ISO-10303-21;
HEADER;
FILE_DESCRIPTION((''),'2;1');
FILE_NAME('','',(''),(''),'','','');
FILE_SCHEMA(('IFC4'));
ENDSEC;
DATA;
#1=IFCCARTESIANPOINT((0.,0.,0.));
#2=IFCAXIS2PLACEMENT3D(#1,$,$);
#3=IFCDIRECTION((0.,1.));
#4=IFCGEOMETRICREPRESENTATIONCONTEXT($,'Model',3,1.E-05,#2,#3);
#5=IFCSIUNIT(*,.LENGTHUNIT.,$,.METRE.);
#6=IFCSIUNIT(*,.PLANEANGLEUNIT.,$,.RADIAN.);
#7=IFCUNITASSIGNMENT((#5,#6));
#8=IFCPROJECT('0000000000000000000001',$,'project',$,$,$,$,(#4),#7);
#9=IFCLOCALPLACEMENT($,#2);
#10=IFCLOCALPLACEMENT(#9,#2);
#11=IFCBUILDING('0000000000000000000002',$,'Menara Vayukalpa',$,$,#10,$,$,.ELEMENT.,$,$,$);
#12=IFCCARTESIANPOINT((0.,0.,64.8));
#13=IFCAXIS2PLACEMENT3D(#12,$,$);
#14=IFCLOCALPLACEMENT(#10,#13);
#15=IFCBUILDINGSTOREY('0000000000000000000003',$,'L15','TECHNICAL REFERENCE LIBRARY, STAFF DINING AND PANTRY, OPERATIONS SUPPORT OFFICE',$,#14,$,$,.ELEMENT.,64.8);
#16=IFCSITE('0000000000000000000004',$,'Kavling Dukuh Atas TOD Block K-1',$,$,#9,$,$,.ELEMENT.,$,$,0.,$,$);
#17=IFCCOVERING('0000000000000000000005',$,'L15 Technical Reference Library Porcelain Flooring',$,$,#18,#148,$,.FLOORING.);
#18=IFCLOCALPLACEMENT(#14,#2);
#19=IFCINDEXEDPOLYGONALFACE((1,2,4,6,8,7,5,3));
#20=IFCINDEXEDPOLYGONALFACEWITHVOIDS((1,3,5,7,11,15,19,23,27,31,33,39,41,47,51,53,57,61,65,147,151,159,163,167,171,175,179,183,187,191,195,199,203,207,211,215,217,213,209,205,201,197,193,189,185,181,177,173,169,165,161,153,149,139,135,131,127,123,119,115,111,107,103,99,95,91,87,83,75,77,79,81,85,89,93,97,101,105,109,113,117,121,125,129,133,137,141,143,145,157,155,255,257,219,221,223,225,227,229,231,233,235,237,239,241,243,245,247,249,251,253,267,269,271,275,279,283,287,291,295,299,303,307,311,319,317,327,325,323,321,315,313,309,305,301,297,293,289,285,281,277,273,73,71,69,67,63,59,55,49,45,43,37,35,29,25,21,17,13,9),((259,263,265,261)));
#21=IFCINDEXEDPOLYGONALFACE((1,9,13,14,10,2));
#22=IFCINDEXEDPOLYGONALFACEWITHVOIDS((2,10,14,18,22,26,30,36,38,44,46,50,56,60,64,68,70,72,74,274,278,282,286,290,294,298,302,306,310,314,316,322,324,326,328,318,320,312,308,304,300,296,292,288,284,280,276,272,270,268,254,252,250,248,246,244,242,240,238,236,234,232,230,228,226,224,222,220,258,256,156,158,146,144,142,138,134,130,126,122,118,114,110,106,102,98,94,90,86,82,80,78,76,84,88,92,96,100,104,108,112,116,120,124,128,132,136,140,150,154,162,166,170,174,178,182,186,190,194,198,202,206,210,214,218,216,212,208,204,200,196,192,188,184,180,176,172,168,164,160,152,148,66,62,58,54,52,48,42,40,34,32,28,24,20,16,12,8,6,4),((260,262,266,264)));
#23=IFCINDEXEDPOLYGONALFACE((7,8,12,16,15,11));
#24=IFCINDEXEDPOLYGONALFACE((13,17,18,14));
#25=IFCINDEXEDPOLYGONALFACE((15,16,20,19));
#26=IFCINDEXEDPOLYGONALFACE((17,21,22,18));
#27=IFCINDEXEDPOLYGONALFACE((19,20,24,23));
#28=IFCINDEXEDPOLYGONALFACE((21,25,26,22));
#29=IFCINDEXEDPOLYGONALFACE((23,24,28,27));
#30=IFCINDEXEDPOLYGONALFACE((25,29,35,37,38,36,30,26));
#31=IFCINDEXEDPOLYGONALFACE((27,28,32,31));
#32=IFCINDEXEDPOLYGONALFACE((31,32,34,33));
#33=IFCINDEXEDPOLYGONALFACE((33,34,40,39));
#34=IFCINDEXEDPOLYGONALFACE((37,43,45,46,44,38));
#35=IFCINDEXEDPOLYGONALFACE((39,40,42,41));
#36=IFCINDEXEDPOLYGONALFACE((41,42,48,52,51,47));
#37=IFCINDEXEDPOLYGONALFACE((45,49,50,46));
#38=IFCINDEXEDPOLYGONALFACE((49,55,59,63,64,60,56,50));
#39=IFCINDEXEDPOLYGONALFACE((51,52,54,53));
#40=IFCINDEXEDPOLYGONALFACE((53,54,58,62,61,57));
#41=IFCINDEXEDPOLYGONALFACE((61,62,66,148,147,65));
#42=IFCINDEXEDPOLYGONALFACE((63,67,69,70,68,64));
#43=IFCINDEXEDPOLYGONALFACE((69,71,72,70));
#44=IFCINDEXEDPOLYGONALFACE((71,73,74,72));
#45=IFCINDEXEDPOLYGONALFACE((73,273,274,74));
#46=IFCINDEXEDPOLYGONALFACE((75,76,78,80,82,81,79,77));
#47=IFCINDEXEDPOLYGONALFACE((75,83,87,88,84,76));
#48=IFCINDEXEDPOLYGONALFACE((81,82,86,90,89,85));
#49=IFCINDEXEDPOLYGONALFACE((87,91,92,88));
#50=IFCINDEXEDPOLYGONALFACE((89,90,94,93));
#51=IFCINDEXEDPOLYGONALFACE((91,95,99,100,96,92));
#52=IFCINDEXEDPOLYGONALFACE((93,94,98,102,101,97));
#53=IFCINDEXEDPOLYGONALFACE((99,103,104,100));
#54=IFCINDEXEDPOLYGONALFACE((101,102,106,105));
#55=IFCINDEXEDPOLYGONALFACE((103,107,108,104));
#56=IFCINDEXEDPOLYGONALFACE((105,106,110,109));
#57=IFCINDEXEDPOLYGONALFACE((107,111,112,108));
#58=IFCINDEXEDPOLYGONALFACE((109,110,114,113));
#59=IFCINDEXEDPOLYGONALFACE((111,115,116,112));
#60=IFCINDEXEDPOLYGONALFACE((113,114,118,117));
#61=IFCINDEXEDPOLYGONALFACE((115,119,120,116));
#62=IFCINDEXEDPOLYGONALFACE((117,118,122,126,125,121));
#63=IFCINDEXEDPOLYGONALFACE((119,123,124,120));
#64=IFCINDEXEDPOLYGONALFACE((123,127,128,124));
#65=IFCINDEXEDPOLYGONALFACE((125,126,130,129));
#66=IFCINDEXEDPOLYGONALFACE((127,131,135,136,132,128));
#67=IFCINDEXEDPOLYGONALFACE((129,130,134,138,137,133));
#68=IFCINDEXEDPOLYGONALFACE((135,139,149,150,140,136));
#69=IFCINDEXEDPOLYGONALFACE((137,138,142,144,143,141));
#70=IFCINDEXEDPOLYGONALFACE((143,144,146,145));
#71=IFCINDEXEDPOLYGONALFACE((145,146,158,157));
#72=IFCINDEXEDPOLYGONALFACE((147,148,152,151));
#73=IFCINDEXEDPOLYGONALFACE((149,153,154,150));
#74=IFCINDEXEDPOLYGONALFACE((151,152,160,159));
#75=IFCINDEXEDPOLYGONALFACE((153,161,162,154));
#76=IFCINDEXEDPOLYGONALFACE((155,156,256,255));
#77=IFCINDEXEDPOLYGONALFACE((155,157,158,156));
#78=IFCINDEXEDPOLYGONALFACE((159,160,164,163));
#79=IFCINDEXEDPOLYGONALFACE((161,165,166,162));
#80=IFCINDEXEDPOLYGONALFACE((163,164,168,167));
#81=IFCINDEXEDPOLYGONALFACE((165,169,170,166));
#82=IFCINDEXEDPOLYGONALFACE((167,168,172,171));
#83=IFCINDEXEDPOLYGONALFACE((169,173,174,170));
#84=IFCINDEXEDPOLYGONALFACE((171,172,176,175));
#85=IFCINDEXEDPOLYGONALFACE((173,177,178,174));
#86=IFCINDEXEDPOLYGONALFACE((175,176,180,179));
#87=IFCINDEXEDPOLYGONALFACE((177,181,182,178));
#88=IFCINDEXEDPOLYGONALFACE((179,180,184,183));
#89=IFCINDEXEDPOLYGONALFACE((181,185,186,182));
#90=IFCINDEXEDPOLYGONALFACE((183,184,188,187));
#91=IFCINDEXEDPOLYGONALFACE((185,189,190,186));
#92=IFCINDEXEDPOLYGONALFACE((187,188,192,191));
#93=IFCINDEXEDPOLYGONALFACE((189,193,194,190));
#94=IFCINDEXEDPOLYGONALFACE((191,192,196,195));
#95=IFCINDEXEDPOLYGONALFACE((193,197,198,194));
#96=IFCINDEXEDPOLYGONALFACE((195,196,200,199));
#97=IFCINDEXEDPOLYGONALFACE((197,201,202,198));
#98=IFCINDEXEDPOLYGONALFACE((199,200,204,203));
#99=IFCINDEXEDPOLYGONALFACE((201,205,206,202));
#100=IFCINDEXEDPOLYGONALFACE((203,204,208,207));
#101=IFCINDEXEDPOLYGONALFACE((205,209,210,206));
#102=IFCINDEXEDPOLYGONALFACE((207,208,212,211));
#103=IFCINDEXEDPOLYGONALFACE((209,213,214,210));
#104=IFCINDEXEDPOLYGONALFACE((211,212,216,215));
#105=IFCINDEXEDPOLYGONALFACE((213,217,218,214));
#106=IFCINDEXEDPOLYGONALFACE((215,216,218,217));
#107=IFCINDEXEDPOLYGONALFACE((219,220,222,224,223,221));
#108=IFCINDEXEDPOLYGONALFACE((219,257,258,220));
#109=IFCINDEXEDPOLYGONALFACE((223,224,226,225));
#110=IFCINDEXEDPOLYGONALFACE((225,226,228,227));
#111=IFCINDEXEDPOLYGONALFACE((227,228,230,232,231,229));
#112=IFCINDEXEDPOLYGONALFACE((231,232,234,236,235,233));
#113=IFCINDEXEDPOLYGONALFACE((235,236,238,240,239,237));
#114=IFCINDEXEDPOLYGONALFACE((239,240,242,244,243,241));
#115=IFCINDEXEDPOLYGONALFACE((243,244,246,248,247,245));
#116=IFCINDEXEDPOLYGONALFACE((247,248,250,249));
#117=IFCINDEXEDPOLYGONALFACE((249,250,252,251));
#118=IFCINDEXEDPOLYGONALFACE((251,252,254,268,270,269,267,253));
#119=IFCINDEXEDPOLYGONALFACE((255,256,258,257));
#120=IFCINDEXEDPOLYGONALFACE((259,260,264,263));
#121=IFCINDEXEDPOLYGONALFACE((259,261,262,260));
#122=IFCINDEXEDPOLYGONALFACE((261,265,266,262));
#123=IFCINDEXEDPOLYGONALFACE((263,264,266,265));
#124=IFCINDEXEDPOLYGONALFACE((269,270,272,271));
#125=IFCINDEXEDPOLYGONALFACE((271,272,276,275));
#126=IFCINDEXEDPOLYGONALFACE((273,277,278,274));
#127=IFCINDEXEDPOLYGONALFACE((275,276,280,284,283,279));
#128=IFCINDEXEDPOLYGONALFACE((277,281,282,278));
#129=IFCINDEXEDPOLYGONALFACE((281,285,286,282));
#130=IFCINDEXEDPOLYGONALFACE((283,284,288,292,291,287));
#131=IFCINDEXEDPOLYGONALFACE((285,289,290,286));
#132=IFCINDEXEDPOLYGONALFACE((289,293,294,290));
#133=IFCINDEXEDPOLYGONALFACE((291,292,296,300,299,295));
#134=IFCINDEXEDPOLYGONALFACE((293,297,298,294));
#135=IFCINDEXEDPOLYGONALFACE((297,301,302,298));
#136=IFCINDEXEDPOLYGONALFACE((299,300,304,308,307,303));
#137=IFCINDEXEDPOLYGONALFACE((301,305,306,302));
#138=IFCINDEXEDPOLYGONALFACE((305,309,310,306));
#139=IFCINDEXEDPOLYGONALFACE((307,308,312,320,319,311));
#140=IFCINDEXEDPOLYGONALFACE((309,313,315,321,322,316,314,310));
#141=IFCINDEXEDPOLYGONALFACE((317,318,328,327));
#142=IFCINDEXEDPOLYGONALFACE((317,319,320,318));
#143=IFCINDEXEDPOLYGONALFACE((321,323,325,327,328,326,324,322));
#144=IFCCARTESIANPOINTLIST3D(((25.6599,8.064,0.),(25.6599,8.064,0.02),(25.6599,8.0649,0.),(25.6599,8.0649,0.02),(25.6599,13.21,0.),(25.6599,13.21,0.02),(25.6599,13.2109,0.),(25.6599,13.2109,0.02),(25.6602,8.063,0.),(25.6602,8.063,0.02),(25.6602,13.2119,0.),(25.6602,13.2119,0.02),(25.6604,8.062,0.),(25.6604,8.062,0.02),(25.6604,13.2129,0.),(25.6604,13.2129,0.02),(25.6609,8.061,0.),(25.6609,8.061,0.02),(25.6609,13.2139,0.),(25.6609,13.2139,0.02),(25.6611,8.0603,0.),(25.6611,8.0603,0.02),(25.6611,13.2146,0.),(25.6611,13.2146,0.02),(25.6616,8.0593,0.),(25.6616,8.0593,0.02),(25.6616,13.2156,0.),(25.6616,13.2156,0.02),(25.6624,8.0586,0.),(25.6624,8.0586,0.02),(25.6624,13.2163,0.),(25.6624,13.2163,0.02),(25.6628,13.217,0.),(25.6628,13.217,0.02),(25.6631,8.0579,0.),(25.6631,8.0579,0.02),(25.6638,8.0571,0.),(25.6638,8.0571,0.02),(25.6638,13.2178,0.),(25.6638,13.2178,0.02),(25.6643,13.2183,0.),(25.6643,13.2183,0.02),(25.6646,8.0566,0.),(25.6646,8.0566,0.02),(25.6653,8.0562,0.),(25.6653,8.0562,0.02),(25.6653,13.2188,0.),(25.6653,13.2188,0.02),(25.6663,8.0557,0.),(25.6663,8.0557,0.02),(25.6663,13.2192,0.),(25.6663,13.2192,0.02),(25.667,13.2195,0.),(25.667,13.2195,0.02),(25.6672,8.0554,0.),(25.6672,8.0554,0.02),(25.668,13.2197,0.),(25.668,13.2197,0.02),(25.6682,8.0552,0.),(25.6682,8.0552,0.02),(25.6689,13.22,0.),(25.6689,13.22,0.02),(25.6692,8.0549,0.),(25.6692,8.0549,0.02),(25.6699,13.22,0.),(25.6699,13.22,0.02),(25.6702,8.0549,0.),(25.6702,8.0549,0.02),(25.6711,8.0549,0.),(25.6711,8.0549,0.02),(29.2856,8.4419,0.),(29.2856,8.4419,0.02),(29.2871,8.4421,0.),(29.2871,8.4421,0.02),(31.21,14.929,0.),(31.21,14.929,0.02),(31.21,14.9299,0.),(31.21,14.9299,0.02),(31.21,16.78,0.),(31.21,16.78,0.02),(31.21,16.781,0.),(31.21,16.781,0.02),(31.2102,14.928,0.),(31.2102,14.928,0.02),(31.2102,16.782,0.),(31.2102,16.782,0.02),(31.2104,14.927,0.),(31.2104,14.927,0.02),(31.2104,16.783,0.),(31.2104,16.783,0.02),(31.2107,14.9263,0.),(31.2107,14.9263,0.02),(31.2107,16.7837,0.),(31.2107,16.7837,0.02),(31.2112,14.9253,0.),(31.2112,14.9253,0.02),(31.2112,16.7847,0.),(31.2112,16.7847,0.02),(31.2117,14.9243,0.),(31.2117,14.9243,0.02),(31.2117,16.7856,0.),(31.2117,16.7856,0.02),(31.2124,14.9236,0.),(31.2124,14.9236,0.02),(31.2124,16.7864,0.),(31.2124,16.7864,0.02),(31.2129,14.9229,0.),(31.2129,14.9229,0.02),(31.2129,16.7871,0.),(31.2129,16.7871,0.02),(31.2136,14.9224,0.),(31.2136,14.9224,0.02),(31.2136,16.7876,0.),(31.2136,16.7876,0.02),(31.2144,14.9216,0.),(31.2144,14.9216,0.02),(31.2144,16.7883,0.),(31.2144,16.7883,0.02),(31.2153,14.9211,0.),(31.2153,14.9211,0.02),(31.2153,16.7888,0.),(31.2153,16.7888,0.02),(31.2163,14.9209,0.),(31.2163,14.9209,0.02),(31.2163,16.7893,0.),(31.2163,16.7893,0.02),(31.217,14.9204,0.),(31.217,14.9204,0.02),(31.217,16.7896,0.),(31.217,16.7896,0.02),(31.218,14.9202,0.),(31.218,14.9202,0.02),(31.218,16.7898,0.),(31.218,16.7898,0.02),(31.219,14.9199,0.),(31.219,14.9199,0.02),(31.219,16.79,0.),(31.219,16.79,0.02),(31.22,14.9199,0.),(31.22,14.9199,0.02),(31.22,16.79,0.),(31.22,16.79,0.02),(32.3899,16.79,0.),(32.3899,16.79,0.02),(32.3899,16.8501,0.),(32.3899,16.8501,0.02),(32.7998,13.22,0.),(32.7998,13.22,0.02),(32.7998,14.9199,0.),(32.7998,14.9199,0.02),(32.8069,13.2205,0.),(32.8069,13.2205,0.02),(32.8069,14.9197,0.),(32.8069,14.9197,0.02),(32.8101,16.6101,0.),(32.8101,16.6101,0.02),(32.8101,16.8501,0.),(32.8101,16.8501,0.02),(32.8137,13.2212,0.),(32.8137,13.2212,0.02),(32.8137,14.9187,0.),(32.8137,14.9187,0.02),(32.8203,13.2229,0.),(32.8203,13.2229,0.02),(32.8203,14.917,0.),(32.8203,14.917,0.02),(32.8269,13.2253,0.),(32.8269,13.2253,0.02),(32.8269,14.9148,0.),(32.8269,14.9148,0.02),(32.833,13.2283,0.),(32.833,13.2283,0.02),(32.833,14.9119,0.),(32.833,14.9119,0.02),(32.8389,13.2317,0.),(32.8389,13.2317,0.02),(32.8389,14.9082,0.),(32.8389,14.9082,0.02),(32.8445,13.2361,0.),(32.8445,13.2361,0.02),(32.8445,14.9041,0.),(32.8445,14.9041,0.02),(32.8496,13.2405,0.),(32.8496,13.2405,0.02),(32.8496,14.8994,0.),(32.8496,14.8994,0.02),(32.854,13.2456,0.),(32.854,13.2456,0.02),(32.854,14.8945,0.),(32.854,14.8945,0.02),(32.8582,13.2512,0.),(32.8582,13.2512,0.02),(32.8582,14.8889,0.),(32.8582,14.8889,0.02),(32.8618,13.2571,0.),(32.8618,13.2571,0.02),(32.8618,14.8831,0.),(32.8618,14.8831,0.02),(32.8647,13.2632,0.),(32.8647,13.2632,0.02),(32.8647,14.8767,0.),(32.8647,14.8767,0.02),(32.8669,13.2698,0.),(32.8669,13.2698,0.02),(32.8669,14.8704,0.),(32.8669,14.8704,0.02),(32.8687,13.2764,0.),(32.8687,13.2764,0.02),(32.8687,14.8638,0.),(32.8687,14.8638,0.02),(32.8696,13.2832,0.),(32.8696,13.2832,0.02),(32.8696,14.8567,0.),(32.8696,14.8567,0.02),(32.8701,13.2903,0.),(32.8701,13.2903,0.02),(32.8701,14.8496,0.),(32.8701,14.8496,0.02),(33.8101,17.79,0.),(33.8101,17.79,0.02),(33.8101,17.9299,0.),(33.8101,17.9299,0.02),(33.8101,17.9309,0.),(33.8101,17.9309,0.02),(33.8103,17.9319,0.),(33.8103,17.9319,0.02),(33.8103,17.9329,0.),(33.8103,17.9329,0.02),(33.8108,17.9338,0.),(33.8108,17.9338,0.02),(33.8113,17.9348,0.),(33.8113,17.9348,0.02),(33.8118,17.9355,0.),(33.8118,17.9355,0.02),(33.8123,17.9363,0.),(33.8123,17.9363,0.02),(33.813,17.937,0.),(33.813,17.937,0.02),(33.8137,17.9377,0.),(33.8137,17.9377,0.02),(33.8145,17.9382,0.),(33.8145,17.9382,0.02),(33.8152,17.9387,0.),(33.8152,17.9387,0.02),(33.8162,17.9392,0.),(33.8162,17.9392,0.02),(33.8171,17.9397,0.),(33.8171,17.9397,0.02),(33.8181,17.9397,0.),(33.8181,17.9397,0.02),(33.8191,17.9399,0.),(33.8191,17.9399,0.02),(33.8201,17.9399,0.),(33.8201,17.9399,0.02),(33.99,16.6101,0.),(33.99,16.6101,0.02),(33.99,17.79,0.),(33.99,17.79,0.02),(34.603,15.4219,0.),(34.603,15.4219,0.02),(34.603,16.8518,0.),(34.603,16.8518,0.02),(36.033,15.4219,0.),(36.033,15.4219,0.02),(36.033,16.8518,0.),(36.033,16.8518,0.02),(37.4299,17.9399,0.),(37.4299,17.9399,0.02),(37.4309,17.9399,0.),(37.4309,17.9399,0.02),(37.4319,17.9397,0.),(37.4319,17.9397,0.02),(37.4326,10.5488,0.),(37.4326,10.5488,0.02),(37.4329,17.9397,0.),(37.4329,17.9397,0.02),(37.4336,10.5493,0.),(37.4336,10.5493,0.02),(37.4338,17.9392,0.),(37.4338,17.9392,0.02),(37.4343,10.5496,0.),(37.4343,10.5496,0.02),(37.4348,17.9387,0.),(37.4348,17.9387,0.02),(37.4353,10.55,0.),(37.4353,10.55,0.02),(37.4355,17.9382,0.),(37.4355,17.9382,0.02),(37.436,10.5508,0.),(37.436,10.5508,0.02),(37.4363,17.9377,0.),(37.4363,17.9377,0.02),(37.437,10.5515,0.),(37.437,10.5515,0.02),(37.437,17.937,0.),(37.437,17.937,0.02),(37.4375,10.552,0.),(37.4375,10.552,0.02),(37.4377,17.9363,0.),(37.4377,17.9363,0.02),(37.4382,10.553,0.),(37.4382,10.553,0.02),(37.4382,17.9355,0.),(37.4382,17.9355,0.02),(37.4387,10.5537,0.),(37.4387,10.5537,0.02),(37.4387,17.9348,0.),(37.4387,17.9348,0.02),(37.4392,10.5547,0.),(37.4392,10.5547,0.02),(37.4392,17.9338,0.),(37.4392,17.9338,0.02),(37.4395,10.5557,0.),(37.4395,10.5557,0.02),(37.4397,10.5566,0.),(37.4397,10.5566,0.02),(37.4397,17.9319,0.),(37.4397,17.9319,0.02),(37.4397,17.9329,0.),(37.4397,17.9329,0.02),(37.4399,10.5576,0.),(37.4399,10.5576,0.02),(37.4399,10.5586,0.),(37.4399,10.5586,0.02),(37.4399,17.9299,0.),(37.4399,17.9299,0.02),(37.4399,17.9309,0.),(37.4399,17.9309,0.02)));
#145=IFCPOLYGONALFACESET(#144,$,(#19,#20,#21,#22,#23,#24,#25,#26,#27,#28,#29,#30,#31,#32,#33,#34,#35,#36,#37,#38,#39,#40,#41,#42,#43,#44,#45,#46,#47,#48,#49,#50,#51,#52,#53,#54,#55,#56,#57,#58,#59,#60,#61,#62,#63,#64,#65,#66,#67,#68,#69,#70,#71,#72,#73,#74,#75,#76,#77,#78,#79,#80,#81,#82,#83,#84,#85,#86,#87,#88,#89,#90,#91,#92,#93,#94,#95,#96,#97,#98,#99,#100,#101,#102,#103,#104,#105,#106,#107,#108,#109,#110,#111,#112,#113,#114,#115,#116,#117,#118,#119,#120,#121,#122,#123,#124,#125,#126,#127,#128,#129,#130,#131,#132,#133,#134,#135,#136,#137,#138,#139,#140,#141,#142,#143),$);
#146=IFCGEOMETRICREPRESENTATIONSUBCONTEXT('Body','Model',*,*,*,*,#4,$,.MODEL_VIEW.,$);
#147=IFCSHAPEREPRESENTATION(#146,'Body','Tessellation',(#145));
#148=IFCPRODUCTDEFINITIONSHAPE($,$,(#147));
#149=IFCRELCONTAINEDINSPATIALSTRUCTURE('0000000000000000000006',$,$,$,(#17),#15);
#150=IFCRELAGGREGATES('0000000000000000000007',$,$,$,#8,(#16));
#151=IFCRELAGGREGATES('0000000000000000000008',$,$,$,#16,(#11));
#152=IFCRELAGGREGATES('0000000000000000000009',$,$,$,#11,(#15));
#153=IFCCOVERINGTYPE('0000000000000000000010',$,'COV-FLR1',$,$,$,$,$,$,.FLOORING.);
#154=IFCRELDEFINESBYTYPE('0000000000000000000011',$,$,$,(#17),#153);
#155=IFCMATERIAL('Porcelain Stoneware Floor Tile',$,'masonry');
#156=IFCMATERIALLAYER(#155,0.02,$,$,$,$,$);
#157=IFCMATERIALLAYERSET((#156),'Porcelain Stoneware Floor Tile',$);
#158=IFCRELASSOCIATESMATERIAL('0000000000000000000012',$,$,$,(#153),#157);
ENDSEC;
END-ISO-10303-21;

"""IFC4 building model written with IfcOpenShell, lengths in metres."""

from ifc_helpers import new_model, si_unit, direction, frame, origin, place, context, subcontext, project, spatial, polyline, outline, extrude, material, layer, layer_set, type_object, element, save


model = new_model("IFC4")

# Units and contexts
model_context = context("Model", 3, precision=1e-05, world=origin(), true_north=direction((0.0, 1.0)))
body_context = subcontext(model_context, "Body", "Model", "MODEL_VIEW")
ifc_project = project(units=[si_unit("LENGTHUNIT", "METRE"), si_unit("PLANEANGLEUNIT", "RADIAN")], contexts=[model_context])

# Site, building, storey
site_placement = place(None, origin())
site = spatial("IfcSite", under=ifc_project, at=site_placement, Name="Kavling Dukuh Atas TOD Block K-1", CompositionType="ELEMENT", RefElevation=0.0)
building_placement = place(site_placement, origin())
building = spatial("IfcBuilding", under=site, at=building_placement, Name="Menara Vayukalpa", CompositionType="ELEMENT")
storey_placement = place(building_placement, frame((0.0, 0.0, 64.8)))
storey = spatial("IfcBuildingStorey", under=building, at=storey_placement, Name="L15", Description="TECHNICAL REFERENCE LIBRARY, STAFF DINING AND PANTRY, OPERATIONS SUPPORT OFFICE", CompositionType="ELEMENT", Elevation=64.8)

# Covering
ifc_material_1 = material(Name="Porcelain Stoneware Floor Tile", Category="masonry")
ifc_layer_1 = layer(ifc_material_1, 0.02)
ifc_layer_set_1 = layer_set([ifc_layer_1], Name="Porcelain Stoneware Floor Tile")
covering_type_1 = type_object("IfcCoveringType", Name="COV-FLR1", PredefinedType="FLOORING", material=ifc_layer_set_1)
covering_1_placement = place(storey_placement, origin())
element("IfcCovering", 1, at=covering_1_placement, inside=storey, type_object=covering_type_1, Name="L15 Technical Reference Library Porcelain Flooring", PredefinedType="FLOORING", context=body_context, shape_type="SweptSolid", body=[
    extrude(outline(polyline([(25.6711, 8.0549), (25.6702, 8.0549), (25.6692, 8.0549), (25.6682, 8.0552), (25.6672, 8.0554), (25.6663, 8.0557), (25.6653, 8.0562), (25.6646, 8.0566), (25.6638, 8.0571), (25.6631, 8.0579), (25.6624, 8.0586), (25.6616, 8.0593), (25.6611, 8.0603), (25.6609, 8.061), (25.6604, 8.062), (25.6602, 8.063), (25.6599, 8.064), (25.6599, 8.0649), (25.6599, 13.21), (25.6599, 13.2109), (25.6602, 13.2119), (25.6604, 13.2129), (25.6609, 13.2139), (25.6611, 13.2146), (25.6616, 13.2156), (25.6624, 13.2163), (25.6628, 13.217), (25.6638, 13.2178), (25.6643, 13.2183), (25.6653, 13.2188), (25.6663, 13.2192), (25.667, 13.2195), (25.668, 13.2197), (25.6689, 13.22), (25.6699, 13.22), (32.7998, 13.22), (32.8069, 13.2205), (32.8137, 13.2212), (32.8203, 13.2229), (32.8269, 13.2253), (32.833, 13.2283), (32.8389, 13.2317), (32.8445, 13.2361), (32.8496, 13.2405), (32.854, 13.2456), (32.8582, 13.2512), (32.8618, 13.2571), (32.8647, 13.2632), (32.8669, 13.2698), (32.8687, 13.2764), (32.8696, 13.2832), (32.8701, 13.2903), (32.8701, 14.8496), (32.8696, 14.8567), (32.8687, 14.8638), (32.8669, 14.8704), (32.8647, 14.8767), (32.8618, 14.8831), (32.8582, 14.8889), (32.854, 14.8945), (32.8496, 14.8994), (32.8445, 14.9041), (32.8389, 14.9082), (32.833, 14.9119), (32.8269, 14.9148), (32.8203, 14.917), (32.8137, 14.9187), (32.8069, 14.9197), (32.7998, 14.9199), (31.22, 14.9199), (31.219, 14.9199), (31.218, 14.9202), (31.217, 14.9204), (31.2163, 14.9209), (31.2153, 14.9211), (31.2144, 14.9216), (31.2136, 14.9224), (31.2129, 14.9229), (31.2124, 14.9236), (31.2117, 14.9243), (31.2112, 14.9253), (31.2107, 14.9263), (31.2104, 14.927), (31.2102, 14.928), (31.21, 14.929), (31.21, 14.9299), (31.21, 16.78), (31.21, 16.781), (31.2102, 16.782), (31.2104, 16.783), (31.2107, 16.7837), (31.2112, 16.7847), (31.2117, 16.7856), (31.2124, 16.7864), (31.2129, 16.7871), (31.2136, 16.7876), (31.2144, 16.7883), (31.2153, 16.7888), (31.2163, 16.7893), (31.217, 16.7896), (31.218, 16.7898), (31.219, 16.79), (31.22, 16.79), (32.3899, 16.79), (32.3899, 16.8501), (32.8101, 16.8501), (32.8101, 16.6101), (33.99, 16.6101), (33.99, 17.79), (33.8101, 17.79), (33.8101, 17.9299), (33.8101, 17.9309), (33.8103, 17.9319), (33.8103, 17.9329), (33.8108, 17.9338), (33.8113, 17.9348), (33.8118, 17.9355), (33.8123, 17.9363), (33.813, 17.937), (33.8137, 17.9377), (33.8145, 17.9382), (33.8152, 17.9387), (33.8162, 17.9392), (33.8171, 17.9397), (33.8181, 17.9397), (33.8191, 17.9399), (33.8201, 17.9399), (37.4299, 17.9399), (37.4309, 17.9399), (37.4319, 17.9397), (37.4329, 17.9397), (37.4338, 17.9392), (37.4348, 17.9387), (37.4355, 17.9382), (37.4363, 17.9377), (37.437, 17.937), (37.4377, 17.9363), (37.4382, 17.9355), (37.4387, 17.9348), (37.4392, 17.9338), (37.4397, 17.9329), (37.4397, 17.9319), (37.4399, 17.9309), (37.4399, 17.9299), (37.4399, 10.5586), (37.4399, 10.5576), (37.4397, 10.5566), (37.4395, 10.5557), (37.4392, 10.5547), (37.4387, 10.5537), (37.4382, 10.553), (37.4375, 10.552), (37.437, 10.5515), (37.436, 10.5508), (37.4353, 10.55), (37.4343, 10.5496), (37.4336, 10.5493), (37.4326, 10.5488), (29.2871, 8.4421), (29.2856, 8.4419), (25.6711, 8.0549)]), holes=[polyline([(36.033, 16.8518), (34.603, 16.8518), (34.603, 15.4219), (36.033, 15.4219), (36.033, 16.8518)])]), origin(), (0.0, 0.0, 1.0), 0.02),
])

save(model, "model.ifc")
